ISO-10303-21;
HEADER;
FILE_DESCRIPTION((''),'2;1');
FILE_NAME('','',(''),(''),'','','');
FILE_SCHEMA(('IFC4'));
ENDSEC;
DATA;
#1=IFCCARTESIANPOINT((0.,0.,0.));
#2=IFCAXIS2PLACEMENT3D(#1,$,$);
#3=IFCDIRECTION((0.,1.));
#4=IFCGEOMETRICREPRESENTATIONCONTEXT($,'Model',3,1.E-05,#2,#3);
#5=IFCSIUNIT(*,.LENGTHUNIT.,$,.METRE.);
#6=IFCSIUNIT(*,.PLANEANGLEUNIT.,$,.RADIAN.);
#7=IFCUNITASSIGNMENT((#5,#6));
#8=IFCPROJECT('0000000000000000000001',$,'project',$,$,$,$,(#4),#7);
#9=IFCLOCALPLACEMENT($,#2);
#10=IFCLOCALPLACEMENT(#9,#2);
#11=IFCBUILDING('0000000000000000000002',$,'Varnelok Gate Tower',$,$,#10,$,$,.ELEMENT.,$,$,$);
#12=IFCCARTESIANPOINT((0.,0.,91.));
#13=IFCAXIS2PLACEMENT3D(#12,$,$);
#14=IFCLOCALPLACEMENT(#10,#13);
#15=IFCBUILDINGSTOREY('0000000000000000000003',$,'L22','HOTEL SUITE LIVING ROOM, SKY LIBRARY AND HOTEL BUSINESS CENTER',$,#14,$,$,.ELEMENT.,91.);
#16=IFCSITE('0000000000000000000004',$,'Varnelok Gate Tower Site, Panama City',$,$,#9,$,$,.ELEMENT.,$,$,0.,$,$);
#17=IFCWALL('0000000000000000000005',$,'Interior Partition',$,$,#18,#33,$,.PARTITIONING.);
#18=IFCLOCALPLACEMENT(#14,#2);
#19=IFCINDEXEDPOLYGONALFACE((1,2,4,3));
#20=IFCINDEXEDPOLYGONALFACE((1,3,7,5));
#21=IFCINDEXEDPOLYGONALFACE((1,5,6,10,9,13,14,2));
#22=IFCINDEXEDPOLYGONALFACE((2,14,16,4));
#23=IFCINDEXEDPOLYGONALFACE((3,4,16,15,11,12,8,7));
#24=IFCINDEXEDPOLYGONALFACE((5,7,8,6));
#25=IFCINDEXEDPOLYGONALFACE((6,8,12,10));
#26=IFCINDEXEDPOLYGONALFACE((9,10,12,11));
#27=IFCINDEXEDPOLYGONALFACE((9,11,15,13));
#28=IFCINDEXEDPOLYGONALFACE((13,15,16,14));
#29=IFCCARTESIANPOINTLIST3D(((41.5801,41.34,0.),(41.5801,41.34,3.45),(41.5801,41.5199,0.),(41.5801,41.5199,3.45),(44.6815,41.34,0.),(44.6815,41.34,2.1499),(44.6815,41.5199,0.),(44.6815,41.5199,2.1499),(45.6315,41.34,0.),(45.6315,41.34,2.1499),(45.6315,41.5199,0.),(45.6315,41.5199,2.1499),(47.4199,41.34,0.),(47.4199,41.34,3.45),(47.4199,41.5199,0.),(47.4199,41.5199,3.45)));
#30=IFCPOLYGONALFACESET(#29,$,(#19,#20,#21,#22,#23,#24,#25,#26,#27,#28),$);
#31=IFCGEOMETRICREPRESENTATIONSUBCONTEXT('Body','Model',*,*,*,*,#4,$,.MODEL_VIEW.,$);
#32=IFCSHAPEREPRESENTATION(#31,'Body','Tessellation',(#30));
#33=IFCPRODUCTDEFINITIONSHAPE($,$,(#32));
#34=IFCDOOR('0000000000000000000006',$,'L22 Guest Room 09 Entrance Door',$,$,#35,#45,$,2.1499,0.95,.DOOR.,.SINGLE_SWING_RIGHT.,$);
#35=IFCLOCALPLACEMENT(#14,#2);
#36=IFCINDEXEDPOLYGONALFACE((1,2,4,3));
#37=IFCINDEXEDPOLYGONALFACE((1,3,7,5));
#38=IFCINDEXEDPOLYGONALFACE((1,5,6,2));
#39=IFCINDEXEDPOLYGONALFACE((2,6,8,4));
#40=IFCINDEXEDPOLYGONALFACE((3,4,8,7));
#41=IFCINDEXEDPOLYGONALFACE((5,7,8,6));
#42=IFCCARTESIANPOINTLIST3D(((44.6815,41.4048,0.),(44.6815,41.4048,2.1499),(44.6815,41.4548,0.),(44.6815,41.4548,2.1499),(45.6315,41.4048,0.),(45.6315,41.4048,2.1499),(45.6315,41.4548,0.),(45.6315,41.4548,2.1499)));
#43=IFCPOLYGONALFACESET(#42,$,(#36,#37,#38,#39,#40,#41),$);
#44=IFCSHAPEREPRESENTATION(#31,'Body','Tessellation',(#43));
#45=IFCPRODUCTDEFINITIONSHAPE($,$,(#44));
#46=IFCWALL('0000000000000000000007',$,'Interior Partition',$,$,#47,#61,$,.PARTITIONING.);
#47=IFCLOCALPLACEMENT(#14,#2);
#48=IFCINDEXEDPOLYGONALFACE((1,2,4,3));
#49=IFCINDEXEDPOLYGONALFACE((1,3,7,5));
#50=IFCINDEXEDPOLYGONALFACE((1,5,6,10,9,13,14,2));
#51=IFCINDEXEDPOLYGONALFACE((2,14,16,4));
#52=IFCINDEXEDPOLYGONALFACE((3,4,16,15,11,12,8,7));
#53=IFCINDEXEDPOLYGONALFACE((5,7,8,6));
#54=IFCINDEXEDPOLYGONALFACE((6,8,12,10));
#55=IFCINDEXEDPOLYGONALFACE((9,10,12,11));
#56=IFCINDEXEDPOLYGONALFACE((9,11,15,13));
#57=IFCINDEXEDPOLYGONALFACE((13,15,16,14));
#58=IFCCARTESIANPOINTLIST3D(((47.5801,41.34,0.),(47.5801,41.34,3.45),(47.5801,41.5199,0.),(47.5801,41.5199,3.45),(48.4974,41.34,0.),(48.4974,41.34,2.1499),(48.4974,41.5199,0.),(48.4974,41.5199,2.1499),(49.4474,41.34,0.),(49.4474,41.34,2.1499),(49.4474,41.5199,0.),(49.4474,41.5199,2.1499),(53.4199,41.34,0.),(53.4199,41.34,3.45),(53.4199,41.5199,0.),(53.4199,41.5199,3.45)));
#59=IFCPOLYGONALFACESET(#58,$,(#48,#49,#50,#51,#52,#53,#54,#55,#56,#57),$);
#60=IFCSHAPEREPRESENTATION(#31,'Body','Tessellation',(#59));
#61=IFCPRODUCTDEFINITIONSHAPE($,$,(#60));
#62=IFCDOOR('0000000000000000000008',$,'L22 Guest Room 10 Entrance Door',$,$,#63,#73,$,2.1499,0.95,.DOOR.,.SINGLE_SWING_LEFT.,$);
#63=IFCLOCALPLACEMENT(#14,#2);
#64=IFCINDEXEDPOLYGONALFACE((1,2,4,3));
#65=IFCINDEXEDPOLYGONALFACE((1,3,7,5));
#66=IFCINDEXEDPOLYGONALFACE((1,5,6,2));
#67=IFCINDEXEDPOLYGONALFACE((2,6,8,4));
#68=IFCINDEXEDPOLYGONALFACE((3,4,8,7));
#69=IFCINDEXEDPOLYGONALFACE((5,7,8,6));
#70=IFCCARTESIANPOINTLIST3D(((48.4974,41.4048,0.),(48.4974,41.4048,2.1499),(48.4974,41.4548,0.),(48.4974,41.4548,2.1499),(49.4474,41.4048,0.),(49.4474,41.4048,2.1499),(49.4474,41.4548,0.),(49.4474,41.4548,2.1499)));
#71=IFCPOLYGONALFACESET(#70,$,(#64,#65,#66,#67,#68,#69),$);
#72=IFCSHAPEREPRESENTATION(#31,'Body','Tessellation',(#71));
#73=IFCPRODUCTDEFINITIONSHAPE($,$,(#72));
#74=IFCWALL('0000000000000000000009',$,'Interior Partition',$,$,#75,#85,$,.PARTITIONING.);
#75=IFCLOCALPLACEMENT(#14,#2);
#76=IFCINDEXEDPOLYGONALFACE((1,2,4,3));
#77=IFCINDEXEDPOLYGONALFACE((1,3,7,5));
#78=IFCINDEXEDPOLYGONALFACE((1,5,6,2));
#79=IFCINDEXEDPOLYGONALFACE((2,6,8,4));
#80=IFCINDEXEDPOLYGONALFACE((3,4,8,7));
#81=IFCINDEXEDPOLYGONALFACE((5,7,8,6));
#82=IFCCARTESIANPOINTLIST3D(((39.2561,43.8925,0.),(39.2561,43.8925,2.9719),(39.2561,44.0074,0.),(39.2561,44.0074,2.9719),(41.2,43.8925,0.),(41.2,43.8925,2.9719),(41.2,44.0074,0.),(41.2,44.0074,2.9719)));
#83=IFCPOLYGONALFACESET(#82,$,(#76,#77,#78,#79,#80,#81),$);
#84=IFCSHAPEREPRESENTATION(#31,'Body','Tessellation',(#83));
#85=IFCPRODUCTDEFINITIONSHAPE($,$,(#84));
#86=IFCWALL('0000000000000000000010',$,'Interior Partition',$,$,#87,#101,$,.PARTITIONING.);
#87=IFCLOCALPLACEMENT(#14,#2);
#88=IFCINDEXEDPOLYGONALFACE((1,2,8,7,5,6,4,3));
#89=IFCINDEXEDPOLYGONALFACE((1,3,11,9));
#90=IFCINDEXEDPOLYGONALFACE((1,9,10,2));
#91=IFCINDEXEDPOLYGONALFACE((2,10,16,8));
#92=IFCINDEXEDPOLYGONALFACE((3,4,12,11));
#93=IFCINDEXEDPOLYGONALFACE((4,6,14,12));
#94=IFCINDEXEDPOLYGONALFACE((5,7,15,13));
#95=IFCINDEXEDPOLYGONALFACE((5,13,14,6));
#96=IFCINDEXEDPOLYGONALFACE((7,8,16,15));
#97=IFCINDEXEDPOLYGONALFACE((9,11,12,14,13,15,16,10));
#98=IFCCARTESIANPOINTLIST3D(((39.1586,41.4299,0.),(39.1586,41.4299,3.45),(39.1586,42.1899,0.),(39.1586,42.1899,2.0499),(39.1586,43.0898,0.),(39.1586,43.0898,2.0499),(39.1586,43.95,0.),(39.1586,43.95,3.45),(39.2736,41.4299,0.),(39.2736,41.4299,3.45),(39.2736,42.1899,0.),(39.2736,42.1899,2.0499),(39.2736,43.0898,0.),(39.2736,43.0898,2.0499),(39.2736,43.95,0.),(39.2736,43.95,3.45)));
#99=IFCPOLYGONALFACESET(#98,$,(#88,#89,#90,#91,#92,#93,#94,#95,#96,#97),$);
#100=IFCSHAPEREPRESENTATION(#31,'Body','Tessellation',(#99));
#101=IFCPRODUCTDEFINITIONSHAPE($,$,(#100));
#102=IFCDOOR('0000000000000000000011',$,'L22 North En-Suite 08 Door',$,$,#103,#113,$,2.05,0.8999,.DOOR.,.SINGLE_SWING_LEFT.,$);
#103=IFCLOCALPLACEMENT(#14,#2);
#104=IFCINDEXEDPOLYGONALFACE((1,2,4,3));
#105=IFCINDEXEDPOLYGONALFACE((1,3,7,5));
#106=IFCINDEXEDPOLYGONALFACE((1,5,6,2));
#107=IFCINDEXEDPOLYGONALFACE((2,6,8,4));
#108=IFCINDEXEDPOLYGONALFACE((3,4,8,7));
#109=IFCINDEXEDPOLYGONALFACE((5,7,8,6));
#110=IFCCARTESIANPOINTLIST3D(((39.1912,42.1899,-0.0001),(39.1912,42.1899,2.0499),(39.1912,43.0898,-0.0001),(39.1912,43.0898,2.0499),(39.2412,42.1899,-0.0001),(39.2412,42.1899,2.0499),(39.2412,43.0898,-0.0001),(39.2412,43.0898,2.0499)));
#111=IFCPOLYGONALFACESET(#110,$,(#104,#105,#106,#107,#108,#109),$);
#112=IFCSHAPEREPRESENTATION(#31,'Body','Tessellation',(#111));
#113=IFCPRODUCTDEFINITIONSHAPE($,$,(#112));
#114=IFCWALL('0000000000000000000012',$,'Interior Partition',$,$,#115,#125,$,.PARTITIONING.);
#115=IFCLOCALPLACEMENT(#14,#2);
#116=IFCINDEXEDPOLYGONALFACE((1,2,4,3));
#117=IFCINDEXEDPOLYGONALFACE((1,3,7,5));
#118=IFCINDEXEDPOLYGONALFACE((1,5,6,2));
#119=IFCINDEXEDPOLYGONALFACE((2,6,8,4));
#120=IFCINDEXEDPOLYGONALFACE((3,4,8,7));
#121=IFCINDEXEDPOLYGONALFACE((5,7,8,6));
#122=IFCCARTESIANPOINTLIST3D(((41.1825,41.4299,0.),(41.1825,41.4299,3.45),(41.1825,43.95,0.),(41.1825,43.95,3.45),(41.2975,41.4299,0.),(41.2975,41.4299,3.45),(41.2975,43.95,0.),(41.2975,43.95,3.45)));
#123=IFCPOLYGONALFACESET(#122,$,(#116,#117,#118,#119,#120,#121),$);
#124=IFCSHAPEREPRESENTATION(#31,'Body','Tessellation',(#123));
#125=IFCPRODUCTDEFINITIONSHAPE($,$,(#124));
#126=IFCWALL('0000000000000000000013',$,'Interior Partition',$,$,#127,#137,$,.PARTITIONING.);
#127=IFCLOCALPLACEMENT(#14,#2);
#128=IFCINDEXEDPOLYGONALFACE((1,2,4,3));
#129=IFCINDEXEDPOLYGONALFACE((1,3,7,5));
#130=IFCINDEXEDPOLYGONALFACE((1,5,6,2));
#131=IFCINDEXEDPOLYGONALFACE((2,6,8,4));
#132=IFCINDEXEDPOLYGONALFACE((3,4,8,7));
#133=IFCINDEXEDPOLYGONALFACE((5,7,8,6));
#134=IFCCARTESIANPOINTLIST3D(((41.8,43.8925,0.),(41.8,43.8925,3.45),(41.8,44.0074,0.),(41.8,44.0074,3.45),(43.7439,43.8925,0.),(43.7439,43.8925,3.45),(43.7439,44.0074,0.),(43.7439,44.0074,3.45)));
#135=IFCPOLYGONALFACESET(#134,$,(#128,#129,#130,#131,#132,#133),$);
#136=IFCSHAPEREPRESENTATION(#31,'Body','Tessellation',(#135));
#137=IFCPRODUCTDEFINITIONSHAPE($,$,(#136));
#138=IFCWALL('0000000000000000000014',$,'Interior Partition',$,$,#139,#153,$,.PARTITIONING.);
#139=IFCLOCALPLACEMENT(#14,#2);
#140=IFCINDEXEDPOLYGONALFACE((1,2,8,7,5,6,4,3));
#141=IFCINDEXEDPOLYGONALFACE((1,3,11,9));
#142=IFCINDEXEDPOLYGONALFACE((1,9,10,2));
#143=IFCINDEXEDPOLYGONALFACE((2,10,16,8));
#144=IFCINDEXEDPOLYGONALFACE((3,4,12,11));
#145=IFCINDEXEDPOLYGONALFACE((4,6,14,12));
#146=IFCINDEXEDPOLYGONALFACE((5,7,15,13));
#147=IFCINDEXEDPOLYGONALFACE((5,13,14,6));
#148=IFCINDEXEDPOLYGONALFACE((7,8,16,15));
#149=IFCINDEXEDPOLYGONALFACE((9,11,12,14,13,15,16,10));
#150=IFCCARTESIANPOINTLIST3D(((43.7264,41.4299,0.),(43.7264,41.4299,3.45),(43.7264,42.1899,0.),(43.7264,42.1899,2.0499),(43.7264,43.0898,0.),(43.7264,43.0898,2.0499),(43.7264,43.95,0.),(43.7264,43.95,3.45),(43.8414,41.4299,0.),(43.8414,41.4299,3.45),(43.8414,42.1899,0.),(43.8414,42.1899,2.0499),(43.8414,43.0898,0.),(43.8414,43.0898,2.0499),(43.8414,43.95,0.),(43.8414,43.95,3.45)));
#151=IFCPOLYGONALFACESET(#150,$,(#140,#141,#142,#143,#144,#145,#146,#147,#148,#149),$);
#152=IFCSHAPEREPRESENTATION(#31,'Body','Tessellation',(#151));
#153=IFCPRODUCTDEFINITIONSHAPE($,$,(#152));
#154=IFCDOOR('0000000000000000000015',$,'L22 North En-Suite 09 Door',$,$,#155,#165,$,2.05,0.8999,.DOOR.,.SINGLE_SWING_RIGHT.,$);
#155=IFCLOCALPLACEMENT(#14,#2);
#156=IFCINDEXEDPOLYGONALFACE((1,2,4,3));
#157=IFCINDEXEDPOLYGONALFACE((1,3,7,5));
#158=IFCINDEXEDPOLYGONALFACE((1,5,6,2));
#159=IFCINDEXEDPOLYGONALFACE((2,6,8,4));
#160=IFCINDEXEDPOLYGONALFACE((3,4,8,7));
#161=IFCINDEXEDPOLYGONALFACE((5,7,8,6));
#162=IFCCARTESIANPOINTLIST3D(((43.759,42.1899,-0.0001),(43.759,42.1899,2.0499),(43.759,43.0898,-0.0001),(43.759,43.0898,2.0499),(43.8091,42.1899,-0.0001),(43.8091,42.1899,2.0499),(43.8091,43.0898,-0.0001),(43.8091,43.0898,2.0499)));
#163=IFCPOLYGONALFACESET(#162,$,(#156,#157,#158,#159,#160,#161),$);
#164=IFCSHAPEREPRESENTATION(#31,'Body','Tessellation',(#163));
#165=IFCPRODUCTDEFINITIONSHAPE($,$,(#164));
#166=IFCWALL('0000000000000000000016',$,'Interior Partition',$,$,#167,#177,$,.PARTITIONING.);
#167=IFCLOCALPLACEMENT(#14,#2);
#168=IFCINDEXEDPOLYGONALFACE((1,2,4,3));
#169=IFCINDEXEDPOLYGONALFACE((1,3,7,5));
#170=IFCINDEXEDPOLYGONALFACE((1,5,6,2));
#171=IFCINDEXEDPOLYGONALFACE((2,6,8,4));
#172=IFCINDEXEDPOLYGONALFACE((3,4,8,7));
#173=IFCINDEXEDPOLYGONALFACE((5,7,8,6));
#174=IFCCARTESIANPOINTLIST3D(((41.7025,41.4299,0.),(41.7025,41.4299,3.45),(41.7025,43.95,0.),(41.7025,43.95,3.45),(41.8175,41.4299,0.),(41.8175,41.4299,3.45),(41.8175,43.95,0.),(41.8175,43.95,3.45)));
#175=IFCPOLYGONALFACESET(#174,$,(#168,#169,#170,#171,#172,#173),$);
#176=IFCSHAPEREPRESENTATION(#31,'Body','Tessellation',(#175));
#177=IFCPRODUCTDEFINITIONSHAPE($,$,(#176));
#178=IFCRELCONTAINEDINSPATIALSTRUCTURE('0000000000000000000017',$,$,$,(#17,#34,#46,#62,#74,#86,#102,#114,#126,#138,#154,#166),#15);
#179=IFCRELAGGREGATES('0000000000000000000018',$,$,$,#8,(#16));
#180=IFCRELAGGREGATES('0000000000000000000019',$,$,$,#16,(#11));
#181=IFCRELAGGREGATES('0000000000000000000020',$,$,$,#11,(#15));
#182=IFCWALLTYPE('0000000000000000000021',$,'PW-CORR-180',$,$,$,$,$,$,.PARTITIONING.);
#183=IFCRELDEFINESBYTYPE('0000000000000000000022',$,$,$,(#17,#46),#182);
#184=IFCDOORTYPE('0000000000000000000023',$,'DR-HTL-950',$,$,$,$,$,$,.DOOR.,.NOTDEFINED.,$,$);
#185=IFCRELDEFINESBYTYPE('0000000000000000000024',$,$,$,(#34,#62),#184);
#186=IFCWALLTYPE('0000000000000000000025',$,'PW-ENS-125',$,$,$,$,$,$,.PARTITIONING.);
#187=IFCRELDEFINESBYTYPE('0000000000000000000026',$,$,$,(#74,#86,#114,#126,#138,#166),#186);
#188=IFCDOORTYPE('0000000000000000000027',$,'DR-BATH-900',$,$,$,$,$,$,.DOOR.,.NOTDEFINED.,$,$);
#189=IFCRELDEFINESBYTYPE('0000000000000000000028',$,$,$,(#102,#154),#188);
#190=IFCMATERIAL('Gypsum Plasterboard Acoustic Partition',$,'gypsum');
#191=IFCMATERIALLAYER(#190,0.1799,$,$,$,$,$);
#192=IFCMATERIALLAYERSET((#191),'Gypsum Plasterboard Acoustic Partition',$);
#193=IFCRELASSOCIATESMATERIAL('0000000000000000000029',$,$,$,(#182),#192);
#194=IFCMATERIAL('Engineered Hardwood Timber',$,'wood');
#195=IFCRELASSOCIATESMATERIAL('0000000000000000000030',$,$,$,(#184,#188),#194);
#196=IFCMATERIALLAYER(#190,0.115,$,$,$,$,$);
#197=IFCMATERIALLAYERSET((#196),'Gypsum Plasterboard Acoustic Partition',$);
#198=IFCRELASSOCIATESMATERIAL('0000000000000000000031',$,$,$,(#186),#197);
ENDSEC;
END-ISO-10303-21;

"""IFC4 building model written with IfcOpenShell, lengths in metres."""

from ifc_helpers import new_model, si_unit, direction, frame, frame_2d, origin, place, context, subcontext, project, spatial, rectangle, extrude, material, layer, layer_set, type_object, element, fill, save


model = new_model("IFC4")

# Units and contexts
model_context = context("Model", 3, precision=1e-05, world=origin(), true_north=direction((0.0, 1.0)))
body_context = subcontext(model_context, "Body", "Model", "MODEL_VIEW")
ifc_project = project(units=[si_unit("LENGTHUNIT", "METRE"), si_unit("PLANEANGLEUNIT", "RADIAN")], contexts=[model_context])

# Site, building, storey
site_placement = place(None, origin())
site = spatial("IfcSite", under=ifc_project, at=site_placement, Name="Varnelok Gate Tower Site, Panama City", CompositionType="ELEMENT", RefElevation=0.0)
building_placement = place(site_placement, origin())
building = spatial("IfcBuilding", under=site, at=building_placement, Name="Varnelok Gate Tower", CompositionType="ELEMENT")
storey_placement = place(building_placement, frame((0.0, 0.0, 91.0)))
storey = spatial("IfcBuildingStorey", under=building, at=storey_placement, Name="L22", Description="HOTEL SUITE LIVING ROOM, SKY LIBRARY AND HOTEL BUSINESS CENTER", CompositionType="ELEMENT", Elevation=91.0)

# Walls, openings, doors
ifc_material_1 = material(Name="Gypsum Plasterboard Acoustic Partition", Category="gypsum")
ifc_layer_1 = layer(ifc_material_1, 0.1799)
ifc_layer_set_1 = layer_set([ifc_layer_1], Name="Gypsum Plasterboard Acoustic Partition")
wall_type_1 = type_object("IfcWallType", Name="PW-CORR-180", PredefinedType="PARTITIONING", material=ifc_layer_set_1)
wall_1_placement = place(storey_placement, frame((41.5801, 41.4299, 0.0), z_axis=(0.0, 0.0, 1.0), x_axis=(1.0, 0.0, 0.0)))
wall_1 = element("IfcWall", 1, at=wall_1_placement, inside=storey, type_object=wall_type_1, Name="Interior Partition", PredefinedType="PARTITIONING", context=body_context, shape_type="SweptSolid", body=[
    extrude(rectangle(XDim=5.8398, YDim=0.1799, at=frame_2d((2.9199, 0.0))), origin(), (0.0, 0.0, 1.0), 3.45),
])
opening_1_placement = place(wall_1_placement, frame((3.1013, 0.0, 0.0)))
opening_1 = element("IfcOpeningElement", 2, at=opening_1_placement, cuts=wall_1, PredefinedType="OPENING", context=body_context, shape_type="SweptSolid", body=[
    extrude(rectangle(XDim=0.95, YDim=2.1499, at=frame_2d((0.4751, 1.075))), frame((0.0, 0.0999, 0.0), z_axis=(0.0, -1.0, 0.0), x_axis=(1.0, 0.0, 0.0)), (0.0, 0.0, 1.0), 0.2),
])
ifc_material_2 = material(Name="Engineered Hardwood Timber", Category="wood")
door_type_1 = type_object("IfcDoorType", Name="DR-HTL-950", OperationType="NOTDEFINED", PredefinedType="DOOR", material=ifc_material_2)
door_1_placement = place(opening_1_placement, origin())
door_1 = element("IfcDoor", 3, at=door_1_placement, inside=storey, type_object=door_type_1, Name="L22 Guest Room 09 Entrance Door", OperationType="SINGLE_SWING_RIGHT", OverallHeight=2.1499, OverallWidth=0.95, PredefinedType="DOOR", context=body_context, shape_type="SweptSolid", body=[
    extrude(rectangle(XDim=0.95, YDim=2.1499, at=frame_2d((0.4751, 1.075))), frame((0.0, 0.0249, 0.0), z_axis=(0.0, -1.0, 0.0), x_axis=(1.0, 0.0, 0.0)), (0.0, 0.0, 1.0), 0.05),
])
fill(opening_1, door_1)
wall_2_placement = place(storey_placement, frame((47.5801, 41.4299, 0.0), z_axis=(0.0, 0.0, 1.0), x_axis=(1.0, 0.0, 0.0)))
wall_2 = element("IfcWall", 4, at=wall_2_placement, inside=storey, type_object=wall_type_1, Name="Interior Partition", PredefinedType="PARTITIONING", context=body_context, shape_type="SweptSolid", body=[
    extrude(rectangle(XDim=5.8398, YDim=0.1799, at=frame_2d((2.9199, 0.0))), origin(), (0.0, 0.0, 1.0), 3.45),
])
opening_2_placement = place(wall_2_placement, frame((0.9172, 0.0, 0.0)))
opening_2 = element("IfcOpeningElement", 5, at=opening_2_placement, cuts=wall_2, PredefinedType="OPENING", context=body_context, shape_type="SweptSolid", body=[
    extrude(rectangle(XDim=0.95, YDim=2.1499, at=frame_2d((0.4751, 1.075))), frame((0.0, 0.0999, 0.0), z_axis=(0.0, -1.0, 0.0), x_axis=(1.0, 0.0, 0.0)), (0.0, 0.0, 1.0), 0.2),
])
door_2_placement = place(opening_2_placement, origin())
door_2 = element("IfcDoor", 6, at=door_2_placement, inside=storey, type_object=door_type_1, Name="L22 Guest Room 10 Entrance Door", OperationType="SINGLE_SWING_LEFT", OverallHeight=2.1499, OverallWidth=0.95, PredefinedType="DOOR", context=body_context, shape_type="SweptSolid", body=[
    extrude(rectangle(XDim=0.95, YDim=2.1499, at=frame_2d((0.4751, 1.075))), frame((0.0, 0.0249, 0.0), z_axis=(0.0, -1.0, 0.0), x_axis=(1.0, 0.0, 0.0)), (0.0, 0.0, 1.0), 0.05),
])
fill(opening_2, door_2)

# Wall
ifc_layer_2 = layer(ifc_material_1, 0.115)
ifc_layer_set_2 = layer_set([ifc_layer_2], Name="Gypsum Plasterboard Acoustic Partition")
wall_type_2 = type_object("IfcWallType", Name="PW-ENS-125", PredefinedType="PARTITIONING", material=ifc_layer_set_2)
wall_3_placement = place(storey_placement, frame((39.2561, 43.95, 0.0), z_axis=(0.0, 0.0, 1.0), x_axis=(1.0, 0.0, 0.0)))
element("IfcWall", 7, at=wall_3_placement, inside=storey, type_object=wall_type_2, Name="Interior Partition", PredefinedType="PARTITIONING", context=body_context, shape_type="SweptSolid", body=[
    extrude(rectangle(XDim=1.9438, YDim=0.115, at=frame_2d((0.9719, 0.0))), origin(), (0.0, 0.0, 1.0), 2.9719),
])

# Wall, opening, door
wall_4_placement = place(storey_placement, frame((39.2161, 41.4299, 0.0), z_axis=(0.0, 0.0, 1.0), x_axis=(0.0, 1.0, 0.0)))
wall_4 = element("IfcWall", 8, at=wall_4_placement, inside=storey, type_object=wall_type_2, Name="Interior Partition", PredefinedType="PARTITIONING", context=body_context, shape_type="SweptSolid", body=[
    extrude(rectangle(XDim=2.52, YDim=0.115, at=frame_2d((1.26, 0.0))), origin(), (0.0, 0.0, 1.0), 3.45),
])
opening_3_placement = place(wall_4_placement, frame((0.76, 0.0, 0.0)))
opening_3 = element("IfcOpeningElement", 9, at=opening_3_placement, cuts=wall_4, PredefinedType="OPENING", context=body_context, shape_type="SweptSolid", body=[
    extrude(rectangle(XDim=0.8999, YDim=2.05, at=frame_2d((0.45, 1.0249))), frame((0.0, 0.0674, 0.0), z_axis=(0.0, -1.0, 0.0), x_axis=(1.0, 0.0, 0.0)), (0.0, 0.0, 1.0), 0.135),
])
door_type_2 = type_object("IfcDoorType", Name="DR-BATH-900", OperationType="NOTDEFINED", PredefinedType="DOOR", material=ifc_material_2)
door_3_placement = place(opening_3_placement, origin())
door_3 = element("IfcDoor", 10, at=door_3_placement, inside=storey, type_object=door_type_2, Name="L22 North En-Suite 08 Door", OperationType="SINGLE_SWING_LEFT", OverallHeight=2.05, OverallWidth=0.8999, PredefinedType="DOOR", context=body_context, shape_type="SweptSolid", body=[
    extrude(rectangle(XDim=0.8999, YDim=2.05, at=frame_2d((0.45, 1.0249))), frame((0.0, 0.0249, 0.0), z_axis=(0.0, -1.0, 0.0), x_axis=(1.0, 0.0, 0.0)), (0.0, 0.0, 1.0), 0.05),
])
fill(opening_3, door_3)

# Walls
wall_5_placement = place(storey_placement, frame((41.24, 41.4299, 0.0), z_axis=(0.0, 0.0, 1.0), x_axis=(0.0, 1.0, 0.0)))
element("IfcWall", 11, at=wall_5_placement, inside=storey, type_object=wall_type_2, Name="Interior Partition", PredefinedType="PARTITIONING", context=body_context, shape_type="SweptSolid", body=[
    extrude(rectangle(XDim=2.52, YDim=0.115, at=frame_2d((1.26, 0.0))), origin(), (0.0, 0.0, 1.0), 3.45),
])
wall_6_placement = place(storey_placement, frame((41.8, 43.95, 0.0), z_axis=(0.0, 0.0, 1.0), x_axis=(1.0, 0.0, 0.0)))
element("IfcWall", 12, at=wall_6_placement, inside=storey, type_object=wall_type_2, Name="Interior Partition", PredefinedType="PARTITIONING", context=body_context, shape_type="SweptSolid", body=[
    extrude(rectangle(XDim=1.9438, YDim=0.115, at=frame_2d((0.9719, 0.0))), origin(), (0.0, 0.0, 1.0), 3.45),
])

# Wall, opening, door
wall_7_placement = place(storey_placement, frame((43.7839, 41.4299, 0.0), z_axis=(0.0, 0.0, 1.0), x_axis=(0.0, 1.0, 0.0)))
wall_7 = element("IfcWall", 13, at=wall_7_placement, inside=storey, type_object=wall_type_2, Name="Interior Partition", PredefinedType="PARTITIONING", context=body_context, shape_type="SweptSolid", body=[
    extrude(rectangle(XDim=2.52, YDim=0.115, at=frame_2d((1.26, 0.0))), origin(), (0.0, 0.0, 1.0), 3.45),
])
opening_4_placement = place(wall_7_placement, frame((0.76, 0.0, 0.0)))
opening_4 = element("IfcOpeningElement", 14, at=opening_4_placement, cuts=wall_7, PredefinedType="OPENING", context=body_context, shape_type="SweptSolid", body=[
    extrude(rectangle(XDim=0.8999, YDim=2.05, at=frame_2d((0.45, 1.0249))), frame((0.0, 0.0674, 0.0), z_axis=(0.0, -1.0, 0.0), x_axis=(1.0, 0.0, 0.0)), (0.0, 0.0, 1.0), 0.135),
])
door_4_placement = place(opening_4_placement, origin())
door_4 = element("IfcDoor", 15, at=door_4_placement, inside=storey, type_object=door_type_2, Name="L22 North En-Suite 09 Door", OperationType="SINGLE_SWING_RIGHT", OverallHeight=2.05, OverallWidth=0.8999, PredefinedType="DOOR", context=body_context, shape_type="SweptSolid", body=[
    extrude(rectangle(XDim=0.8999, YDim=2.05, at=frame_2d((0.45, 1.0249))), frame((0.0, 0.0249, 0.0), z_axis=(0.0, -1.0, 0.0), x_axis=(1.0, 0.0, 0.0)), (0.0, 0.0, 1.0), 0.05),
])
fill(opening_4, door_4)

# Wall
wall_8_placement = place(storey_placement, frame((41.76, 41.4299, 0.0), z_axis=(0.0, 0.0, 1.0), x_axis=(0.0, 1.0, 0.0)))
element("IfcWall", 16, at=wall_8_placement, inside=storey, type_object=wall_type_2, Name="Interior Partition", PredefinedType="PARTITIONING", context=body_context, shape_type="SweptSolid", body=[
    extrude(rectangle(XDim=2.52, YDim=0.115, at=frame_2d((1.26, 0.0))), origin(), (0.0, 0.0, 1.0), 3.45),
])

save(model, "model.ifc")
